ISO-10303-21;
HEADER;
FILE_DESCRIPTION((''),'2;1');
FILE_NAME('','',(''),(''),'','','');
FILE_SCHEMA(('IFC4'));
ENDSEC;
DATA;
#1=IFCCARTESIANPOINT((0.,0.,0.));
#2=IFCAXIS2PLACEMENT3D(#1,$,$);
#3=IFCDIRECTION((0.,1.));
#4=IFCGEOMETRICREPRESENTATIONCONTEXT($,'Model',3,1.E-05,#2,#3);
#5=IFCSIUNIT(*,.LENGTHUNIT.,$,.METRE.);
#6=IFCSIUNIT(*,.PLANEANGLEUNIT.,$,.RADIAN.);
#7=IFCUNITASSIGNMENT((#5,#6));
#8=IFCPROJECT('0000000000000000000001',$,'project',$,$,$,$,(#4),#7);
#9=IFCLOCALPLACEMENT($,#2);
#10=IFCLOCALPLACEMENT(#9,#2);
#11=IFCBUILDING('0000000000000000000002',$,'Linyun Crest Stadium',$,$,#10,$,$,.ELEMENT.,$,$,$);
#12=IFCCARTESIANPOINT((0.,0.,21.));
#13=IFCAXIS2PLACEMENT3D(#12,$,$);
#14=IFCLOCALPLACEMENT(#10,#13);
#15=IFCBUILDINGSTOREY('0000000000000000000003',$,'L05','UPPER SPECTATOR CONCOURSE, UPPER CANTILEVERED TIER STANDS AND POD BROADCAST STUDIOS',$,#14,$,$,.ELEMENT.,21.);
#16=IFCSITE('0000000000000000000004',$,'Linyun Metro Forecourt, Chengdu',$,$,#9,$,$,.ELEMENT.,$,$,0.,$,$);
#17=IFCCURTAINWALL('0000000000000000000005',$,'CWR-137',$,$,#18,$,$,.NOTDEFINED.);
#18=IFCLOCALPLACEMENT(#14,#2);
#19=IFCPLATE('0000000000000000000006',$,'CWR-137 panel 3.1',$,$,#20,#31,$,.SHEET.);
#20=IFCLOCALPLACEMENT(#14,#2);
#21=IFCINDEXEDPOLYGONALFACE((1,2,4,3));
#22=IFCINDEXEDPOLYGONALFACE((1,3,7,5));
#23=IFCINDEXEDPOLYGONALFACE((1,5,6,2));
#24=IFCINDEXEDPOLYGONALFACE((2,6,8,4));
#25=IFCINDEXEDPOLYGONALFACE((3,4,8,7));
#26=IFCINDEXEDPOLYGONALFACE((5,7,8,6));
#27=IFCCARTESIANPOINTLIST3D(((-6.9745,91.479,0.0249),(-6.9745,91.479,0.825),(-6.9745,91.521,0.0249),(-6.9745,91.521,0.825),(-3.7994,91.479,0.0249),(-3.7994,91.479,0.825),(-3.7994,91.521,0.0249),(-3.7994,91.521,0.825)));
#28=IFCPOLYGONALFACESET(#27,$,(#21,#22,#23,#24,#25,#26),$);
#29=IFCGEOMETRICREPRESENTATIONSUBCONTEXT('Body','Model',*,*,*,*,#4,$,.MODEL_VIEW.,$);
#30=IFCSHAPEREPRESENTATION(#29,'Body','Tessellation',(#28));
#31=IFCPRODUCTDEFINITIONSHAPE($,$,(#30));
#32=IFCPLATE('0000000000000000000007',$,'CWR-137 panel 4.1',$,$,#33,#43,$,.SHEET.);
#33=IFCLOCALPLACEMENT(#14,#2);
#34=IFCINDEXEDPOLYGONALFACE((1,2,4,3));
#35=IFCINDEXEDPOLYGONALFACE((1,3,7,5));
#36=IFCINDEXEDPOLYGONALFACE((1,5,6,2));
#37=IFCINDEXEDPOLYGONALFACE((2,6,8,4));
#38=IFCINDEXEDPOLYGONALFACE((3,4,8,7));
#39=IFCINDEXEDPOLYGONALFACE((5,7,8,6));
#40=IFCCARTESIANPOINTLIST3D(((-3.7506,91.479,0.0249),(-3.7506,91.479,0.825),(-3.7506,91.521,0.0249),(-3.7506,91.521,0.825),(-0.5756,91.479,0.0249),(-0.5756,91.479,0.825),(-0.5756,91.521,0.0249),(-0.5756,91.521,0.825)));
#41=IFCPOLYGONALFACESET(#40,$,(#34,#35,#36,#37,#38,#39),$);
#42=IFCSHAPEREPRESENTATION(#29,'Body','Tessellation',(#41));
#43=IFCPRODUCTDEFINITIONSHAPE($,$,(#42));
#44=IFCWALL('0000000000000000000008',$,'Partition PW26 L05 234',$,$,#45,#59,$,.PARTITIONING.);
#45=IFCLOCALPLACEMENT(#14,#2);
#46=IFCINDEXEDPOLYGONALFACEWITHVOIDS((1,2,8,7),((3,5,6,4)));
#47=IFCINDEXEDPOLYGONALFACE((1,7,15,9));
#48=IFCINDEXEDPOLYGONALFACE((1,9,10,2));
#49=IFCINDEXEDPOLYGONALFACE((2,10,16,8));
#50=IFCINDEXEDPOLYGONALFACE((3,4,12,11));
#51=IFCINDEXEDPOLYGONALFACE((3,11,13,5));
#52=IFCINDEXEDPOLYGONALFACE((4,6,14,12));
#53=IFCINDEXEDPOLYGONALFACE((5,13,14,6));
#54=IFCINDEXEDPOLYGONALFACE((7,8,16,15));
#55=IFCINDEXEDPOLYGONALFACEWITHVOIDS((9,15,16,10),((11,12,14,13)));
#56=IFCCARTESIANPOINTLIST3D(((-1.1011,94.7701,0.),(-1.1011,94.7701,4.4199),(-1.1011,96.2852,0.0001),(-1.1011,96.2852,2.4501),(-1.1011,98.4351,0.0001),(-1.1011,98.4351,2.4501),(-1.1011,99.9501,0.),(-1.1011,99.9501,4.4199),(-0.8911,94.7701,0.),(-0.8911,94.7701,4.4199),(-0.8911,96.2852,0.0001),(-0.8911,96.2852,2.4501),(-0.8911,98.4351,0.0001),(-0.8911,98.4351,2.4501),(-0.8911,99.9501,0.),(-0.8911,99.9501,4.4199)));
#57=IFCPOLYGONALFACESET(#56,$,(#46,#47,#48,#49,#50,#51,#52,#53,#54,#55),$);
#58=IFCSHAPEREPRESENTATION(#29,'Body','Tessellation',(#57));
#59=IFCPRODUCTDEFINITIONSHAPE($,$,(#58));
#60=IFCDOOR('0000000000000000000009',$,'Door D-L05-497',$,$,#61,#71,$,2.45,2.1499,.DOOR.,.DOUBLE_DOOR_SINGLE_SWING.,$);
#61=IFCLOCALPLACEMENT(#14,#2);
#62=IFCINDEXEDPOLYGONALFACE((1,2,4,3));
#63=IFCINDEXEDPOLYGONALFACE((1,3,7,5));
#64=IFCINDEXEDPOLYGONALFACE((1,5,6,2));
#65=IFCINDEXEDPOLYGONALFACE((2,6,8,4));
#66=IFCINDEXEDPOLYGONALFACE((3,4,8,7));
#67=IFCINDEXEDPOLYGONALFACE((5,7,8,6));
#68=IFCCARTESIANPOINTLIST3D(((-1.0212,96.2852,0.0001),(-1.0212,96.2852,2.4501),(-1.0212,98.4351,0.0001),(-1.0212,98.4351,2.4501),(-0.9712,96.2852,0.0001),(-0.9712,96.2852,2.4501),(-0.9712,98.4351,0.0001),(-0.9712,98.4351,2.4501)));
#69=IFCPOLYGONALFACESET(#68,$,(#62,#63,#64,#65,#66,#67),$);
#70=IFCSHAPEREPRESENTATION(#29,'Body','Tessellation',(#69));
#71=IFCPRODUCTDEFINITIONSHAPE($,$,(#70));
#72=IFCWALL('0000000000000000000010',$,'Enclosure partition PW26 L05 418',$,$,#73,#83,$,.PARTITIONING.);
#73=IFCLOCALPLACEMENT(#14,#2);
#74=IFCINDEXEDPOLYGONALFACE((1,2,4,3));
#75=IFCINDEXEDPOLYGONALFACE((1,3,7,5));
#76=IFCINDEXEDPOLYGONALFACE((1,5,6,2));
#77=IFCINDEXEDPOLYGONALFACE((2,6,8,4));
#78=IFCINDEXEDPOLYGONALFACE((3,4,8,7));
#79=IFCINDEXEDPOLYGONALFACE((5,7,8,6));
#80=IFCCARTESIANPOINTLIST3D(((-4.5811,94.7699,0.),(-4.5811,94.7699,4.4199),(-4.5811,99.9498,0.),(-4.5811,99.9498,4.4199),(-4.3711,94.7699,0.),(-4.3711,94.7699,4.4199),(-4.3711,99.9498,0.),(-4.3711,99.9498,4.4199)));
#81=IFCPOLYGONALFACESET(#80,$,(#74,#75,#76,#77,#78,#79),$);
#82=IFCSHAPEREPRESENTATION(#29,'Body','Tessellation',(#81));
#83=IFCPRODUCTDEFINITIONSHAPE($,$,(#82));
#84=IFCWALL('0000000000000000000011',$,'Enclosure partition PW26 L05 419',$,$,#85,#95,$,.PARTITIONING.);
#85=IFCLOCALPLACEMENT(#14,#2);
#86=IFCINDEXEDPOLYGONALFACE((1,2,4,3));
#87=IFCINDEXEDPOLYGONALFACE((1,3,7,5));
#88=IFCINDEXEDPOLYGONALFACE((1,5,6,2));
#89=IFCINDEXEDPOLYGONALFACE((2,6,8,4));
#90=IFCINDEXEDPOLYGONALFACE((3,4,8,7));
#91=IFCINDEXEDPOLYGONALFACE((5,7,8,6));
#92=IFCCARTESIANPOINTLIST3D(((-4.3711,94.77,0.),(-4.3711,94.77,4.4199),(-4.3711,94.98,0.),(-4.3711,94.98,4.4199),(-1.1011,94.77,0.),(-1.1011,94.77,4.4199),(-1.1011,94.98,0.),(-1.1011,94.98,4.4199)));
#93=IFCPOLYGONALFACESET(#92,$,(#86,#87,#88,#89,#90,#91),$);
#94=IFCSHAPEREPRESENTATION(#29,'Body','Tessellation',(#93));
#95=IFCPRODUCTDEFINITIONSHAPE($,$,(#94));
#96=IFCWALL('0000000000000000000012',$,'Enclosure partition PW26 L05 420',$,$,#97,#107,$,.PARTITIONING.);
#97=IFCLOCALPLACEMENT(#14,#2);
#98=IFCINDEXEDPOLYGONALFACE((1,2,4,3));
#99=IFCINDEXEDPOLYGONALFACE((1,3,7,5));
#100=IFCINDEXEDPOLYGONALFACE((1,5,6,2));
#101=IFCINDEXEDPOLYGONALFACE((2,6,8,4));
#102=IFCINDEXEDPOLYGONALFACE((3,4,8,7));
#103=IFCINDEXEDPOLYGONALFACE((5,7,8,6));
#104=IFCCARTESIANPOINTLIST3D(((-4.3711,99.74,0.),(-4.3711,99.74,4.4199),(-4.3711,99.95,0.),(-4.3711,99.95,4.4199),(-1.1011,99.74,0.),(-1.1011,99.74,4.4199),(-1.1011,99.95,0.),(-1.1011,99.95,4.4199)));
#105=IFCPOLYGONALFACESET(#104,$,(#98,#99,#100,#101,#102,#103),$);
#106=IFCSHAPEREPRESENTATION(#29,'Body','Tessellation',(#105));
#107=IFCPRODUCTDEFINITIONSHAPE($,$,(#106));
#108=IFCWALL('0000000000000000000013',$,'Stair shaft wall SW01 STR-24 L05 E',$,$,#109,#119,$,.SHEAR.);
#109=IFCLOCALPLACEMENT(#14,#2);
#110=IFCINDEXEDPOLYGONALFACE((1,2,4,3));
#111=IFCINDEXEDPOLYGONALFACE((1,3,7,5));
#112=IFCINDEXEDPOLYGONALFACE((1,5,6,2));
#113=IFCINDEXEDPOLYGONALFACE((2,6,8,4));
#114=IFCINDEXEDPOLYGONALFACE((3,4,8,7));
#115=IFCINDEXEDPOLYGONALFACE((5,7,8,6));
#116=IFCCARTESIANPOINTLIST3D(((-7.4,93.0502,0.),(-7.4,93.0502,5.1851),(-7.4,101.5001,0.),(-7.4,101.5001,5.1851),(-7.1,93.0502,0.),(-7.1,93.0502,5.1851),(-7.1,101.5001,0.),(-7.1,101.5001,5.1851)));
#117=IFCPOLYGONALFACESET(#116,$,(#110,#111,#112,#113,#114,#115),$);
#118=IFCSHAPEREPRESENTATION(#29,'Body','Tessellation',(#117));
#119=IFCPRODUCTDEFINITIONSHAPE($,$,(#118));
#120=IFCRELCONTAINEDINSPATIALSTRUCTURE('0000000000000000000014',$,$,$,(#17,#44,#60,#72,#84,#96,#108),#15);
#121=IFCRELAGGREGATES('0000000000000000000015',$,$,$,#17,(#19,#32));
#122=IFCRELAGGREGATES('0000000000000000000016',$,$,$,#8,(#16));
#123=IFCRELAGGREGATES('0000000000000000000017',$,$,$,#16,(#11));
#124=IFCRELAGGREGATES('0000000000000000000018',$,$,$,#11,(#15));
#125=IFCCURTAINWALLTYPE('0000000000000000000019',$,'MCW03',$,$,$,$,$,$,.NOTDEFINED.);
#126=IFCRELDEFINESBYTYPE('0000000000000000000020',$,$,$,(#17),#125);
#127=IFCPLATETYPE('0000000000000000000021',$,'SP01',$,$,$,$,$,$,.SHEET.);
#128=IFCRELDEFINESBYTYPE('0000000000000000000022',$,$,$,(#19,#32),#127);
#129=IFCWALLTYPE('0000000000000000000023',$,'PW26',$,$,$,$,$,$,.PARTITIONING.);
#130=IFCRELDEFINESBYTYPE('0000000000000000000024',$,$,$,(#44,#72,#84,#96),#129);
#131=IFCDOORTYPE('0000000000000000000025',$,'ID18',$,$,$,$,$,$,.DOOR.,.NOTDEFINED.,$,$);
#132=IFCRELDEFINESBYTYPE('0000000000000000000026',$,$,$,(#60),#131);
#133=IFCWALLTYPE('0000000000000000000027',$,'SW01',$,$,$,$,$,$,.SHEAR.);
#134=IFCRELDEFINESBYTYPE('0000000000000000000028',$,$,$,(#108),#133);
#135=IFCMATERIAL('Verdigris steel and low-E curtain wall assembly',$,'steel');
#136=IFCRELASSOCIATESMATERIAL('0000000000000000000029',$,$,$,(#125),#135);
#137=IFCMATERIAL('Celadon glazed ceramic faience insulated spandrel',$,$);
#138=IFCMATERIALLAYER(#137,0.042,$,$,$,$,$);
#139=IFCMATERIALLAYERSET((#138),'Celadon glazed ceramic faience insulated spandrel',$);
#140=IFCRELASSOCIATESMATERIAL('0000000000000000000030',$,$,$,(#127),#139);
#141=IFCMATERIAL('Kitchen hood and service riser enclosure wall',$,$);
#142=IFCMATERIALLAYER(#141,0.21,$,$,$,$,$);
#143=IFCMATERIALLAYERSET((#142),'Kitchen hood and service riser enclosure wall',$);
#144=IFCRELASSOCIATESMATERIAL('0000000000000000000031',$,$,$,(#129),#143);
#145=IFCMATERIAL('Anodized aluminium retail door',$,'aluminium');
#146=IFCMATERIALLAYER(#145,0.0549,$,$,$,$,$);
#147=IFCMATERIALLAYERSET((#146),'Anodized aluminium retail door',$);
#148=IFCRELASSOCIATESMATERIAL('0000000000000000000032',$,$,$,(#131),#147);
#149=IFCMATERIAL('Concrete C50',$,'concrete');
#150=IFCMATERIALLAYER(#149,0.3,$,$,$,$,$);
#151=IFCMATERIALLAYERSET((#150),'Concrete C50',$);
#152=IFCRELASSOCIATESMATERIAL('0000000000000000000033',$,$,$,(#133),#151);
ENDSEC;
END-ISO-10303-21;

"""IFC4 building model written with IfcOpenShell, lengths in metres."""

from ifc_helpers import new_model, si_unit, direction, frame, frame_2d, origin, origin_2d, place, context, subcontext, project, spatial, rectangle, extrude, material, layer, layer_set, type_object, element, fill, aggregate, save


model = new_model("IFC4")

# Units and contexts
model_context = context("Model", 3, precision=1e-05, world=origin(), true_north=direction((0.0, 1.0)))
body_context = subcontext(model_context, "Body", "Model", "MODEL_VIEW")
ifc_project = project(units=[si_unit("LENGTHUNIT", "METRE"), si_unit("PLANEANGLEUNIT", "RADIAN")], contexts=[model_context])

# Site, building, storey
site_placement = place(None, origin())
site = spatial("IfcSite", under=ifc_project, at=site_placement, Name="Linyun Metro Forecourt, Chengdu", CompositionType="ELEMENT", RefElevation=0.0)
building_placement = place(site_placement, origin())
building = spatial("IfcBuilding", under=site, at=building_placement, Name="Linyun Crest Stadium", CompositionType="ELEMENT")
storey_placement = place(building_placement, frame((0.0, 0.0, 21.0)))
storey = spatial("IfcBuildingStorey", under=building, at=storey_placement, Name="L05", Description="UPPER SPECTATOR CONCOURSE, UPPER CANTILEVERED TIER STANDS AND POD BROADCAST STUDIOS", CompositionType="ELEMENT", Elevation=21.0)

# Curtain wall, plates
ifc_material_1 = material(Name="Verdigris steel and low-E curtain wall assembly", Category="steel")
curtain_wall_type = type_object("IfcCurtainWallType", Name="MCW03", PredefinedType="NOTDEFINED", material=ifc_material_1)
curtain_wall_placement = place(storey_placement, origin())
curtain_wall = element("IfcCurtainWall", 1, at=curtain_wall_placement, inside=storey, type_object=curtain_wall_type, Name="CWR-137", PredefinedType="NOTDEFINED")
ifc_material_2 = material(Name="Celadon glazed ceramic faience insulated spandrel")
ifc_layer_1 = layer(ifc_material_2, 0.042)
ifc_layer_set_1 = layer_set([ifc_layer_1], Name="Celadon glazed ceramic faience insulated spandrel")
plate_type_1 = type_object("IfcPlateType", Name="SP01", PredefinedType="SHEET", material=ifc_layer_set_1)
plate_1_placement = place(storey_placement, frame((-5.387, 91.5, 0.0249), z_axis=(0.0, 0.0, 1.0), x_axis=(1.0, 0.0, 0.0)))
plate_1 = element("IfcPlate", 2, at=plate_1_placement, type_object=plate_type_1, Name="CWR-137 panel 3.1", PredefinedType="SHEET", context=body_context, shape_type="SweptSolid", body=[
    extrude(rectangle(XDim=3.175, YDim=0.042, at=origin_2d()), origin(), (0.0, 0.0, 1.0), 0.8),
])
plate_2_placement = place(storey_placement, frame((-2.1631, 91.5, 0.0249), z_axis=(0.0, 0.0, 1.0), x_axis=(1.0, 0.0, 0.0)))
plate_2 = element("IfcPlate", 3, at=plate_2_placement, type_object=plate_type_1, Name="CWR-137 panel 4.1", PredefinedType="SHEET", context=body_context, shape_type="SweptSolid", body=[
    extrude(rectangle(XDim=3.175, YDim=0.042, at=origin_2d()), origin(), (0.0, 0.0, 1.0), 0.8),
])
aggregate(curtain_wall, [plate_1, plate_2])

# Wall, opening, door
ifc_material_3 = material(Name="Kitchen hood and service riser enclosure wall")
ifc_layer_2 = layer(ifc_material_3, 0.21)
ifc_layer_set_2 = layer_set([ifc_layer_2], Name="Kitchen hood and service riser enclosure wall")
wall_type_1 = type_object("IfcWallType", Name="PW26", PredefinedType="PARTITIONING", material=ifc_layer_set_2)
wall_1_placement = place(storey_placement, frame((-0.9961, 99.95, 0.0), z_axis=(0.0, 0.0, 1.0), x_axis=(0.0, -1.0, 0.0)))
wall_1 = element("IfcWall", 4, at=wall_1_placement, inside=storey, type_object=wall_type_1, Name="Partition PW26 L05 234", PredefinedType="PARTITIONING", context=body_context, shape_type="SweptSolid", body=[
    extrude(rectangle(XDim=5.1799, YDim=0.21, at=frame_2d((2.5898, 0.0))), origin(), (0.0, 0.0, 1.0), 4.4199),
])
opening_placement = place(wall_1_placement, frame((1.5149, 0.0, 0.0)))
opening = element("IfcOpeningElement", 5, at=opening_placement, cuts=wall_1, PredefinedType="OPENING", context=body_context, shape_type="SweptSolid", body=[
    extrude(rectangle(XDim=2.1499, YDim=2.45, at=frame_2d((1.075, 1.2251))), frame((0.0, 0.115, 0.0), z_axis=(0.0, -1.0, 0.0), x_axis=(1.0, 0.0, 0.0)), (0.0, 0.0, 1.0), 0.23),
])
ifc_material_4 = material(Name="Anodized aluminium retail door", Category="aluminium")
ifc_layer_3 = layer(ifc_material_4, 0.0549)
ifc_layer_set_3 = layer_set([ifc_layer_3], Name="Anodized aluminium retail door")
door_type = type_object("IfcDoorType", Name="ID18", OperationType="NOTDEFINED", PredefinedType="DOOR", material=ifc_layer_set_3)
door_placement = place(opening_placement, origin())
door = element("IfcDoor", 6, at=door_placement, inside=storey, type_object=door_type, Name="Door D-L05-497", OperationType="DOUBLE_DOOR_SINGLE_SWING", OverallHeight=2.45, OverallWidth=2.1499, PredefinedType="DOOR", context=body_context, shape_type="SweptSolid", body=[
    extrude(rectangle(XDim=2.1499, YDim=2.45, at=frame_2d((1.075, 1.2251))), frame((0.0, 0.0249, 0.0), z_axis=(0.0, -1.0, 0.0), x_axis=(1.0, 0.0, 0.0)), (0.0, 0.0, 1.0), 0.05),
])
fill(opening, door)

# Walls
wall_2_placement = place(storey_placement, frame((-4.4761, 94.77, 0.0), z_axis=(0.0, 0.0, 1.0), x_axis=(0.0, 1.0, 0.0)))
element("IfcWall", 7, at=wall_2_placement, inside=storey, type_object=wall_type_1, Name="Enclosure partition PW26 L05 418", PredefinedType="PARTITIONING", context=body_context, shape_type="SweptSolid", body=[
    extrude(rectangle(XDim=5.1799, YDim=0.21, at=frame_2d((2.5898, 0.0))), origin(), (0.0, 0.0, 1.0), 4.4199),
])
for number, where, z_axis, x_axis, name in (
    (8, (-4.3711, 94.875, 0.0), (0.0, 0.0, 1.0), (1.0, 0.0, 0.0), "Enclosure partition PW26 L05 419"),
    (9, (-4.3711, 99.845, 0.0), (0.0, 0.0, 1.0), (1.0, 0.0, 0.0), "Enclosure partition PW26 L05 420"),
):
    element("IfcWall", number, at=place(storey_placement, frame(where, z_axis=z_axis, x_axis=x_axis)), inside=storey, type_object=wall_type_1, Name=name, PredefinedType="PARTITIONING", context=body_context, shape_type="SweptSolid", body=[
        extrude(rectangle(XDim=3.27, YDim=0.21, at=frame_2d((1.635, 0.0))), origin(), (0.0, 0.0, 1.0), 4.4199),
    ])
ifc_material_5 = material(Name="Concrete C50", Category="concrete")
ifc_layer_4 = layer(ifc_material_5, 0.3)
ifc_layer_set_4 = layer_set([ifc_layer_4], Name="Concrete C50")
wall_type_2 = type_object("IfcWallType", Name="SW01", PredefinedType="SHEAR", material=ifc_layer_set_4)
wall_3_placement = place(storey_placement, frame((-7.25, 93.05, 0.0), z_axis=(0.0, 0.0, 1.0), x_axis=(0.0, 1.0, 0.0)))
element("IfcWall", 10, at=wall_3_placement, inside=storey, type_object=wall_type_2, Name="Stair shaft wall SW01 STR-24 L05 E", PredefinedType="SHEAR", context=body_context, shape_type="SweptSolid", body=[
    extrude(rectangle(XDim=8.45, YDim=0.3, at=frame_2d((4.2251, 0.0))), origin(), (0.0, 0.0, 1.0), 5.1851),
])

save(model, "model.ifc")
